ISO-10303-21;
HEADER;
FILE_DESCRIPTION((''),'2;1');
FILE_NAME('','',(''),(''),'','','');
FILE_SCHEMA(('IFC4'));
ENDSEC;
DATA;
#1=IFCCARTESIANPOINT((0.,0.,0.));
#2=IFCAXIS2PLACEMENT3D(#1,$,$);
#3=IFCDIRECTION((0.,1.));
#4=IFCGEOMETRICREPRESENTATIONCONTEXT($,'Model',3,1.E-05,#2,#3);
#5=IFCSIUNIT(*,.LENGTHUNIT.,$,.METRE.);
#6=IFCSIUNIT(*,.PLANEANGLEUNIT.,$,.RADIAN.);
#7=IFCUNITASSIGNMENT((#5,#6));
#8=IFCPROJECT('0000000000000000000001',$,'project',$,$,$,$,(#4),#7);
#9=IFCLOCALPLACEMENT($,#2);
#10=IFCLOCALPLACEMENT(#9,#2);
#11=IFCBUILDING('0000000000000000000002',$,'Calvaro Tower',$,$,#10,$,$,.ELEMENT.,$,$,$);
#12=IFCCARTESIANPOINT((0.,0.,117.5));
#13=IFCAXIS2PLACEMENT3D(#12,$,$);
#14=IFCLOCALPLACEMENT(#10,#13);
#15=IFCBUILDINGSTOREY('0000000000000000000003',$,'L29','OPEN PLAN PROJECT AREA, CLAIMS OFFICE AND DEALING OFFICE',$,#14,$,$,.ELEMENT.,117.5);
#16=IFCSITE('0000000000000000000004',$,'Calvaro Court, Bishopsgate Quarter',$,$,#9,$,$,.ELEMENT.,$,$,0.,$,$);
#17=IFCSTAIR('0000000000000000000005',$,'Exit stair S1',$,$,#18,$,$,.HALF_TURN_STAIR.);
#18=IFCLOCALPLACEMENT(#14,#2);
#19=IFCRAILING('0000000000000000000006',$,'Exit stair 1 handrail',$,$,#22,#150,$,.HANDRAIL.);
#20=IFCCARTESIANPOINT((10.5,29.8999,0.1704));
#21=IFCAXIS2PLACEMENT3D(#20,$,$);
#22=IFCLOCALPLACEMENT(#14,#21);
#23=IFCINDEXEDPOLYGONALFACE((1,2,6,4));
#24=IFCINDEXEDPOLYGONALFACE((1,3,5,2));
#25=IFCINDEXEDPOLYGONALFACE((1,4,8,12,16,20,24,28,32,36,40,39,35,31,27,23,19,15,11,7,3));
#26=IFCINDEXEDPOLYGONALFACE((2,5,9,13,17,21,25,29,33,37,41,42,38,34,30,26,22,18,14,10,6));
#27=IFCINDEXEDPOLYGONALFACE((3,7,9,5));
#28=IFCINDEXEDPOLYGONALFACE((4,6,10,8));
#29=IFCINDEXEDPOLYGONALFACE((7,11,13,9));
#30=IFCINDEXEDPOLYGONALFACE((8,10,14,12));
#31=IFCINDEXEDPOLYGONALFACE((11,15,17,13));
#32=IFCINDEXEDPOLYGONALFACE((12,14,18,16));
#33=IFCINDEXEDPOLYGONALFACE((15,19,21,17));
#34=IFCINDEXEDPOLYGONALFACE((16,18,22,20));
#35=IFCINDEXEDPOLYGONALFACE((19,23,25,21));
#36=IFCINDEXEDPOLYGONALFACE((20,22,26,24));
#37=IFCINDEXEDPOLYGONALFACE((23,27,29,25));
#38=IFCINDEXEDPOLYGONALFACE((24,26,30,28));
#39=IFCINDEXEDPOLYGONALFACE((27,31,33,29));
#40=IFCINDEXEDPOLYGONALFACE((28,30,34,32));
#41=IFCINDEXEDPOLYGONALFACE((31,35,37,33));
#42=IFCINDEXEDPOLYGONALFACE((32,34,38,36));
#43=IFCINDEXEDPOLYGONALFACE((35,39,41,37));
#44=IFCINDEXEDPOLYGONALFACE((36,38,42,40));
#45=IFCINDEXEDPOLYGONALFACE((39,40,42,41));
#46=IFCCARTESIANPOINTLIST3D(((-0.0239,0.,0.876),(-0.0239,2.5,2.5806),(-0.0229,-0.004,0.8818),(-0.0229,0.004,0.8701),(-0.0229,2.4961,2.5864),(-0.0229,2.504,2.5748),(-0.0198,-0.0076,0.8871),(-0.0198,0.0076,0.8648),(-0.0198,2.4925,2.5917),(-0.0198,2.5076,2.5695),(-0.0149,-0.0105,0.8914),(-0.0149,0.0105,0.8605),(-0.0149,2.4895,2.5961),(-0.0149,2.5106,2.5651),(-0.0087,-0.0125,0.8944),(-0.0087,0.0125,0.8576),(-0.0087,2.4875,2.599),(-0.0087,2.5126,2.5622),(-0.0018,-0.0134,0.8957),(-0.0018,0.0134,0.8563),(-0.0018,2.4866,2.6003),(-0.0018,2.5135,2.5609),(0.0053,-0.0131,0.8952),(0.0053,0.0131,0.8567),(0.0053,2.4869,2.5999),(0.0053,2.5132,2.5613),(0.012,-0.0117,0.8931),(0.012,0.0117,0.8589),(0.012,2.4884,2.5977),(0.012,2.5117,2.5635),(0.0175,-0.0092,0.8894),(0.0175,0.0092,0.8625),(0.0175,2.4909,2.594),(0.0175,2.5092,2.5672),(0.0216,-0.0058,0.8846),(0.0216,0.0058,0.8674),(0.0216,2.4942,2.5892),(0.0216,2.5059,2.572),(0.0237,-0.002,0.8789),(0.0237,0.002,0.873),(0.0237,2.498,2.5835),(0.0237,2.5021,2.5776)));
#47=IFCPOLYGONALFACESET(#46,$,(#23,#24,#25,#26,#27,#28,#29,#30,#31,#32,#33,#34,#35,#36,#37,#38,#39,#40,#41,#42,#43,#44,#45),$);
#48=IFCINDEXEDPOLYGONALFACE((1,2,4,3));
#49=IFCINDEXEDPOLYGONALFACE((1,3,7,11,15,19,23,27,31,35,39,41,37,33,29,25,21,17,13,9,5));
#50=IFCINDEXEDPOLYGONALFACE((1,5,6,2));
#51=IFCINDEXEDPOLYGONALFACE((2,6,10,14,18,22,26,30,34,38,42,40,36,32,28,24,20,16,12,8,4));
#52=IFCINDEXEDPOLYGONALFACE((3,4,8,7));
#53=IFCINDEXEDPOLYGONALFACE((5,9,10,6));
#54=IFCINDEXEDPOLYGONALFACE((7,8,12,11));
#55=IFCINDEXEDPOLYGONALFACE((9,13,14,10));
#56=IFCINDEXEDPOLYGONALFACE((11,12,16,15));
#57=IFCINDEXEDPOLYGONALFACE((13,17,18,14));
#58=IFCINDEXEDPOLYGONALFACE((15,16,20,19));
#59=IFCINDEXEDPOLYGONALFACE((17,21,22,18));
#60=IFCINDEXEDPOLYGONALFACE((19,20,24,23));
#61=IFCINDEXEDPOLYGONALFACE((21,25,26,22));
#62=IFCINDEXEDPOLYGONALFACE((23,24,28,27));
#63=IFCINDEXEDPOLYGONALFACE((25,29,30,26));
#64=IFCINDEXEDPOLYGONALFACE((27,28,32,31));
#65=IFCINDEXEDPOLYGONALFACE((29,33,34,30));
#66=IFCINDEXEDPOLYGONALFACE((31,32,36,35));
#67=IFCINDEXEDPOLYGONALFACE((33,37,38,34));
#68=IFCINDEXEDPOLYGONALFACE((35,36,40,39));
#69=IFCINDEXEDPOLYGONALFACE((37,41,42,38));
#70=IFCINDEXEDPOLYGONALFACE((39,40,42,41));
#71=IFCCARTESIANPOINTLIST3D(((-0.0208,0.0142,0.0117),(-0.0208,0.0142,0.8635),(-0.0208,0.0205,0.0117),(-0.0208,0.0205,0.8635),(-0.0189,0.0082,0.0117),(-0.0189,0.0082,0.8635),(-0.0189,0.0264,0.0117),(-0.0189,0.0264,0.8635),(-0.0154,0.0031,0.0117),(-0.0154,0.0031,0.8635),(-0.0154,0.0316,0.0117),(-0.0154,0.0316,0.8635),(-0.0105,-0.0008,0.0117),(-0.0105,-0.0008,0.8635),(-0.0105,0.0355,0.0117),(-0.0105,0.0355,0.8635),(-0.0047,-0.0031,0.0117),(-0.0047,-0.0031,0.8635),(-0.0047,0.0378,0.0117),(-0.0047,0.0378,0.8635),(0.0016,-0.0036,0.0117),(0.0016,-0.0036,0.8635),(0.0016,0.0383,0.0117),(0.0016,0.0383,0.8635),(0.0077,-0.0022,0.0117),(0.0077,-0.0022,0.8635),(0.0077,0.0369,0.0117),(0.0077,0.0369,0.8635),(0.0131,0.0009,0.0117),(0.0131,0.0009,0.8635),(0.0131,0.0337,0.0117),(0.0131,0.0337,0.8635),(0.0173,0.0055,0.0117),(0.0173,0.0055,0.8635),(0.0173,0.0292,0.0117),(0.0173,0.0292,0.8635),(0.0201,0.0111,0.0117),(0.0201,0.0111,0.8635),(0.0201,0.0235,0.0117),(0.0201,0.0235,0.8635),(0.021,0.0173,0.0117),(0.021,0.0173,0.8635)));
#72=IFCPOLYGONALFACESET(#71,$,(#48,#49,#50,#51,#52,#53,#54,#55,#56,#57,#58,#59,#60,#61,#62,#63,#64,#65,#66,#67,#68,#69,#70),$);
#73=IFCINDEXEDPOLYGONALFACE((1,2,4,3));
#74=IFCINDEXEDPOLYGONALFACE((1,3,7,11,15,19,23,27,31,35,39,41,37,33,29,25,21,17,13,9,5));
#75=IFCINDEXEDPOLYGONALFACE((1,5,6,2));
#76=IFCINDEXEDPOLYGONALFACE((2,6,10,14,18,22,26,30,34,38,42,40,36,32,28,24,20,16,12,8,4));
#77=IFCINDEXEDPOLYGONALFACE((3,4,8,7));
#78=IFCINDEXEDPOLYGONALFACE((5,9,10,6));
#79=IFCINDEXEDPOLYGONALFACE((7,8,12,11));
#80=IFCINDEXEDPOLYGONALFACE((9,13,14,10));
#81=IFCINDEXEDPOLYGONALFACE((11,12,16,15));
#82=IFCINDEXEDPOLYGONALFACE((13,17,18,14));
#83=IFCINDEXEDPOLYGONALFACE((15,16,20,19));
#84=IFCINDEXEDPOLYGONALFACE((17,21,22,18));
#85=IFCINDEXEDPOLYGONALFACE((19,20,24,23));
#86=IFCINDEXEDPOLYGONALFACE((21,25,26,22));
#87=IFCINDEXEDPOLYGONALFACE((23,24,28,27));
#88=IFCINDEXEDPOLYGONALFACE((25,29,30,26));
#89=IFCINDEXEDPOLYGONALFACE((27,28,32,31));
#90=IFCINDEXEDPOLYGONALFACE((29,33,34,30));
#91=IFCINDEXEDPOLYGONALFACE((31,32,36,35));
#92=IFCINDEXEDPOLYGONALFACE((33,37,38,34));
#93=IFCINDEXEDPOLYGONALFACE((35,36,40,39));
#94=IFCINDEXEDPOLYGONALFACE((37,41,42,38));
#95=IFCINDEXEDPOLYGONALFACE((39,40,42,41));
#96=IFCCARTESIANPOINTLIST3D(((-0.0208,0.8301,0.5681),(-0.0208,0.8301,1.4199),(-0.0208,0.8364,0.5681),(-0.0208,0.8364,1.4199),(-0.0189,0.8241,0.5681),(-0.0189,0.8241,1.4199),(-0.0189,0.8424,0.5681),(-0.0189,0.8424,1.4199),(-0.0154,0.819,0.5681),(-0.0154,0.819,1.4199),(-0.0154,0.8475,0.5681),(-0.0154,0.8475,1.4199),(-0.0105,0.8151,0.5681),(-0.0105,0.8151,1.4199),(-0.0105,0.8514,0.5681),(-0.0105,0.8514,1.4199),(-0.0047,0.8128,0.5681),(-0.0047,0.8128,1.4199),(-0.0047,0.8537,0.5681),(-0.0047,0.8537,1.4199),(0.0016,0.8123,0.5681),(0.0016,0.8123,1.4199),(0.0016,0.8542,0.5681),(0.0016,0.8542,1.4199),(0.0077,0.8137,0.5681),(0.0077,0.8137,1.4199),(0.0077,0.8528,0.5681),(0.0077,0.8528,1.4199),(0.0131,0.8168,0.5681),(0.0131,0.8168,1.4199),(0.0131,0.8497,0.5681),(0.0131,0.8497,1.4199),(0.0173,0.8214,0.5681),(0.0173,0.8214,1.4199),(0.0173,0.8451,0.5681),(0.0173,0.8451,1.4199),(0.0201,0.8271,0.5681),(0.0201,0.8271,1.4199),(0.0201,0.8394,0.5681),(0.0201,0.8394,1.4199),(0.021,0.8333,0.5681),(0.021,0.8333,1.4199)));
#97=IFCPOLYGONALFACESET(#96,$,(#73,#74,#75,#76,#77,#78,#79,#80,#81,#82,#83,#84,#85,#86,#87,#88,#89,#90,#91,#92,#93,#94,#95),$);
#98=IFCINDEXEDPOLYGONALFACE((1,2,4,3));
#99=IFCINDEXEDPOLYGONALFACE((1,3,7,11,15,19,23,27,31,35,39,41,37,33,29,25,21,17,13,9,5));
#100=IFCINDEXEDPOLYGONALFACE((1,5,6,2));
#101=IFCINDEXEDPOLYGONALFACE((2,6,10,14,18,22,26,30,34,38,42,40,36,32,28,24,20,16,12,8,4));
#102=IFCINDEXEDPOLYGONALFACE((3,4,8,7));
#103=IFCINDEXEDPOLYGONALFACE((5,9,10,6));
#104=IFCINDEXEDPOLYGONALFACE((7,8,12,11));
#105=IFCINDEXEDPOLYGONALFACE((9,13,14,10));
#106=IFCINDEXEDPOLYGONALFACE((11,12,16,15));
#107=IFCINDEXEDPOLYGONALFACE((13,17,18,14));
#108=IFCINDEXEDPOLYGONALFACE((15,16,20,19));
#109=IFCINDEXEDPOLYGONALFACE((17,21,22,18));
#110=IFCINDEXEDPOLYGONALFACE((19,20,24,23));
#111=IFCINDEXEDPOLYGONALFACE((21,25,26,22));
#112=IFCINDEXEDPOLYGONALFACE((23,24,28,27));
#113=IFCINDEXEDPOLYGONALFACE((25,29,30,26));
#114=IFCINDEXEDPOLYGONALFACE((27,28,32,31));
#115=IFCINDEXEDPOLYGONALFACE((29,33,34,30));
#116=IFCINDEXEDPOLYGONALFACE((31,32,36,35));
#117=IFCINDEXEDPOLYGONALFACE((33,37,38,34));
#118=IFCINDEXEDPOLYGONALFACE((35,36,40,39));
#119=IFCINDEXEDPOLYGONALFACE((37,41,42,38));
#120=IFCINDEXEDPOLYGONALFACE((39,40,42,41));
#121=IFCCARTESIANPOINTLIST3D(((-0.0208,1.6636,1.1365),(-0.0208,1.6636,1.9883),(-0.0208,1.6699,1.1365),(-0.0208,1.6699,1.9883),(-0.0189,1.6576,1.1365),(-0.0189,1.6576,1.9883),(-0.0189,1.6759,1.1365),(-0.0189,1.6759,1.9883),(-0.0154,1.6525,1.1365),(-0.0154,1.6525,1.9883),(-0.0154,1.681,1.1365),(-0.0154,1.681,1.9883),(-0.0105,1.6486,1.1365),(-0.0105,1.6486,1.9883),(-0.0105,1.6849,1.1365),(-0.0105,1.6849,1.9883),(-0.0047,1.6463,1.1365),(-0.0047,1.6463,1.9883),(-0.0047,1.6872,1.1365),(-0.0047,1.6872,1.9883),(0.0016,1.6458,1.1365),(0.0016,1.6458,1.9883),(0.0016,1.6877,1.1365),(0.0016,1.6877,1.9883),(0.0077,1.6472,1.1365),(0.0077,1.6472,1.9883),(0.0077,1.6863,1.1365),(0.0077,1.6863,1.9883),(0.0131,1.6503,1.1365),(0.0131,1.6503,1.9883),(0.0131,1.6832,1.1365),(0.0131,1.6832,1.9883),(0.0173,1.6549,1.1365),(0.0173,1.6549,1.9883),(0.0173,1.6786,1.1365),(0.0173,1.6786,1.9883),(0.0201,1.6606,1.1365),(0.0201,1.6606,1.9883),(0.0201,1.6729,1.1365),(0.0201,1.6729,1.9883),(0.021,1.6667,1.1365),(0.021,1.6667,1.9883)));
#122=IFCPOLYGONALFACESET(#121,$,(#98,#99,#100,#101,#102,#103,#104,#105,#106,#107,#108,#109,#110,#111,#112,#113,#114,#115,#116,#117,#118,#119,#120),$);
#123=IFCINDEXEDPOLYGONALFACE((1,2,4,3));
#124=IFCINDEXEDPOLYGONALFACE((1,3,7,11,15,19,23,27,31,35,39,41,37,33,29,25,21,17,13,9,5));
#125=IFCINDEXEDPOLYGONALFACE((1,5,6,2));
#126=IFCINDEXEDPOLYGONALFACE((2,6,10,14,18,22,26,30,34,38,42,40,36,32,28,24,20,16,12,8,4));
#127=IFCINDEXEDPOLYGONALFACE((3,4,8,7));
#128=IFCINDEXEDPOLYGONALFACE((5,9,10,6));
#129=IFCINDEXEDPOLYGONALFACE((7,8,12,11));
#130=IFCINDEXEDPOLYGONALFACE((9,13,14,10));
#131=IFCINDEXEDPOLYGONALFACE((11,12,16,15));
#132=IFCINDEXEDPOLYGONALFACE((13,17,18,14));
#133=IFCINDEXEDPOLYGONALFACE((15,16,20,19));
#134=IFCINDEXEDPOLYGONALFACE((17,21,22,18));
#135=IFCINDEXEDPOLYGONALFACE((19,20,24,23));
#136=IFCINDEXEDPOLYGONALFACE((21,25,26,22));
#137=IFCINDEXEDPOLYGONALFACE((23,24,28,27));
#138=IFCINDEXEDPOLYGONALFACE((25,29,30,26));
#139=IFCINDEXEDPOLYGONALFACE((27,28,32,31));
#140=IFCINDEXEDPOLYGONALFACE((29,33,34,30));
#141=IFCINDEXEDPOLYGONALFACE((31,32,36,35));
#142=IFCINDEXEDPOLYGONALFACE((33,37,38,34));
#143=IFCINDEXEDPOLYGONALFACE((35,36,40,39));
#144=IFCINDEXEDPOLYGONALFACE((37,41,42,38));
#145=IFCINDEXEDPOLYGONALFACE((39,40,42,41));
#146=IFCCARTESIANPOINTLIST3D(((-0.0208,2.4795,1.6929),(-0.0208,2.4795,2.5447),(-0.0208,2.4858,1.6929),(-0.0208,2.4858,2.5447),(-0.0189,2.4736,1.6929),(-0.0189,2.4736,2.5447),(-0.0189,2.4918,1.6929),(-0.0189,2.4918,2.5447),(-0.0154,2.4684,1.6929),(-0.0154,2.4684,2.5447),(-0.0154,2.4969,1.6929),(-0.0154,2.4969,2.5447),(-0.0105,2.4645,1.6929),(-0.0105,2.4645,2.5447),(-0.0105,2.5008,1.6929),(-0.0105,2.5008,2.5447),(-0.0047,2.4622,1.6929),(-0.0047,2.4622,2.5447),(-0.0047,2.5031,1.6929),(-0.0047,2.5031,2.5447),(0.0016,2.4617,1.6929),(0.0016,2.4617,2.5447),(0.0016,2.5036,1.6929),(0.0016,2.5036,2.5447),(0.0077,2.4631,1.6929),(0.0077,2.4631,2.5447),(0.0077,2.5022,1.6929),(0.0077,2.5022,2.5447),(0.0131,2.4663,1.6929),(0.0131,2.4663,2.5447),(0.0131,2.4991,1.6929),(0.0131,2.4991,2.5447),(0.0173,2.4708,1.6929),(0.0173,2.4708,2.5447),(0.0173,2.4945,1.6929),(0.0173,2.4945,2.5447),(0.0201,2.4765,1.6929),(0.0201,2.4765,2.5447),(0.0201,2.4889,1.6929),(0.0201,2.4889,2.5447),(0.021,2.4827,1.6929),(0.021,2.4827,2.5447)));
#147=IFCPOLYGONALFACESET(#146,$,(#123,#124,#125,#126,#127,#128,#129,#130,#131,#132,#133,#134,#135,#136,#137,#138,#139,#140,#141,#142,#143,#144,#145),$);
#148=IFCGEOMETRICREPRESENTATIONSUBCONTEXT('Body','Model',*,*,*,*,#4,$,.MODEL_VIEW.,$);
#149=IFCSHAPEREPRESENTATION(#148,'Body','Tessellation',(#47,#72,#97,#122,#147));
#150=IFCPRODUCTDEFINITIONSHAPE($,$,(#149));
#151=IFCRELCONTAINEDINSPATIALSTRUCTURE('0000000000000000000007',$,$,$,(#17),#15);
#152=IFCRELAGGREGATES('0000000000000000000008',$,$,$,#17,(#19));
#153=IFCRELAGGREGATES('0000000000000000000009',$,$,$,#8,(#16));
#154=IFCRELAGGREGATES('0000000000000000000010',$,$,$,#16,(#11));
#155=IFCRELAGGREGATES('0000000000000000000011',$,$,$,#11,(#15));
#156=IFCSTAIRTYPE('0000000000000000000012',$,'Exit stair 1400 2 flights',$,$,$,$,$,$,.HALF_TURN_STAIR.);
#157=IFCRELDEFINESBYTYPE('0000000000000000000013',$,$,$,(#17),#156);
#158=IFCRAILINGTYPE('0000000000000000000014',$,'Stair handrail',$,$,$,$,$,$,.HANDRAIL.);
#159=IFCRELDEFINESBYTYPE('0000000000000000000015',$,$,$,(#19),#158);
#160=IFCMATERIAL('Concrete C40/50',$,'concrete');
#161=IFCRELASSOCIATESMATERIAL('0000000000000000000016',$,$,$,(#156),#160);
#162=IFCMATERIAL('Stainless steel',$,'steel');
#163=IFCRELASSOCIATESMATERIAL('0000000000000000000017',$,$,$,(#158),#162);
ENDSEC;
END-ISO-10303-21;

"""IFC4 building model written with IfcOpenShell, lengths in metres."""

from ifc_helpers import new_model, si_unit, direction, frame, origin, origin_2d, place, context, subcontext, project, spatial, circle, extrude, material, type_object, element, aggregate, save


model = new_model("IFC4")

# Units and contexts
model_context = context("Model", 3, precision=1e-05, world=origin(), true_north=direction((0.0, 1.0)))
body_context = subcontext(model_context, "Body", "Model", "MODEL_VIEW")
ifc_project = project(units=[si_unit("LENGTHUNIT", "METRE"), si_unit("PLANEANGLEUNIT", "RADIAN")], contexts=[model_context])

# Site, building, storey
site_placement = place(None, origin())
site = spatial("IfcSite", under=ifc_project, at=site_placement, Name="Calvaro Court, Bishopsgate Quarter", CompositionType="ELEMENT", RefElevation=0.0)
building_placement = place(site_placement, origin())
building = spatial("IfcBuilding", under=site, at=building_placement, Name="Calvaro Tower", CompositionType="ELEMENT")
storey_placement = place(building_placement, frame((0.0, 0.0, 117.5)))
storey = spatial("IfcBuildingStorey", under=building, at=storey_placement, Name="L29", Description="OPEN PLAN PROJECT AREA, CLAIMS OFFICE AND DEALING OFFICE", CompositionType="ELEMENT", Elevation=117.5)

# Stair, railing
ifc_material_1 = material(Name="Concrete C40/50", Category="concrete")
stair_type = type_object("IfcStairType", Name="Exit stair 1400 2 flights", PredefinedType="HALF_TURN_STAIR", material=ifc_material_1)
stair_placement = place(storey_placement, origin())
stair = element("IfcStair", 1, at=stair_placement, inside=storey, type_object=stair_type, Name="Exit stair S1", PredefinedType="HALF_TURN_STAIR")
ifc_material_2 = material(Name="Stainless steel", Category="steel")
railing_type = type_object("IfcRailingType", Name="Stair handrail", PredefinedType="HANDRAIL", material=ifc_material_2)
railing_placement = place(storey_placement, frame((10.5, 29.8999, 0.1704)))
railing = element("IfcRailing", 2, at=railing_placement, type_object=railing_type, Name="Exit stair 1 handrail", PredefinedType="HANDRAIL", context=body_context, shape_type="SweptSolid", body=[
    extrude(circle(Radius=0.0239, at=origin_2d()), frame((0.0, 0.0, 0.876), z_axis=(0.0, 0.826221, 0.563347), x_axis=(-1.0, 0.0, 0.0)), (0.0, 0.0, 1.0), 3.0259),
    extrude(circle(Radius=0.021, at=origin_2d()), frame((0.0, 0.0173, 0.0117)), (0.0, 0.0, 1.0), 0.8518),
    extrude(circle(Radius=0.021, at=origin_2d()), frame((0.0, 0.8333, 0.5681)), (0.0, 0.0, 1.0), 0.8518),
    extrude(circle(Radius=0.021, at=origin_2d()), frame((0.0, 1.6667, 1.1365)), (0.0, 0.0, 1.0), 0.8518),
    extrude(circle(Radius=0.021, at=origin_2d()), frame((0.0, 2.4827, 1.6929)), (0.0, 0.0, 1.0), 0.8518),
])
aggregate(stair, [railing])

save(model, "model.ifc")
